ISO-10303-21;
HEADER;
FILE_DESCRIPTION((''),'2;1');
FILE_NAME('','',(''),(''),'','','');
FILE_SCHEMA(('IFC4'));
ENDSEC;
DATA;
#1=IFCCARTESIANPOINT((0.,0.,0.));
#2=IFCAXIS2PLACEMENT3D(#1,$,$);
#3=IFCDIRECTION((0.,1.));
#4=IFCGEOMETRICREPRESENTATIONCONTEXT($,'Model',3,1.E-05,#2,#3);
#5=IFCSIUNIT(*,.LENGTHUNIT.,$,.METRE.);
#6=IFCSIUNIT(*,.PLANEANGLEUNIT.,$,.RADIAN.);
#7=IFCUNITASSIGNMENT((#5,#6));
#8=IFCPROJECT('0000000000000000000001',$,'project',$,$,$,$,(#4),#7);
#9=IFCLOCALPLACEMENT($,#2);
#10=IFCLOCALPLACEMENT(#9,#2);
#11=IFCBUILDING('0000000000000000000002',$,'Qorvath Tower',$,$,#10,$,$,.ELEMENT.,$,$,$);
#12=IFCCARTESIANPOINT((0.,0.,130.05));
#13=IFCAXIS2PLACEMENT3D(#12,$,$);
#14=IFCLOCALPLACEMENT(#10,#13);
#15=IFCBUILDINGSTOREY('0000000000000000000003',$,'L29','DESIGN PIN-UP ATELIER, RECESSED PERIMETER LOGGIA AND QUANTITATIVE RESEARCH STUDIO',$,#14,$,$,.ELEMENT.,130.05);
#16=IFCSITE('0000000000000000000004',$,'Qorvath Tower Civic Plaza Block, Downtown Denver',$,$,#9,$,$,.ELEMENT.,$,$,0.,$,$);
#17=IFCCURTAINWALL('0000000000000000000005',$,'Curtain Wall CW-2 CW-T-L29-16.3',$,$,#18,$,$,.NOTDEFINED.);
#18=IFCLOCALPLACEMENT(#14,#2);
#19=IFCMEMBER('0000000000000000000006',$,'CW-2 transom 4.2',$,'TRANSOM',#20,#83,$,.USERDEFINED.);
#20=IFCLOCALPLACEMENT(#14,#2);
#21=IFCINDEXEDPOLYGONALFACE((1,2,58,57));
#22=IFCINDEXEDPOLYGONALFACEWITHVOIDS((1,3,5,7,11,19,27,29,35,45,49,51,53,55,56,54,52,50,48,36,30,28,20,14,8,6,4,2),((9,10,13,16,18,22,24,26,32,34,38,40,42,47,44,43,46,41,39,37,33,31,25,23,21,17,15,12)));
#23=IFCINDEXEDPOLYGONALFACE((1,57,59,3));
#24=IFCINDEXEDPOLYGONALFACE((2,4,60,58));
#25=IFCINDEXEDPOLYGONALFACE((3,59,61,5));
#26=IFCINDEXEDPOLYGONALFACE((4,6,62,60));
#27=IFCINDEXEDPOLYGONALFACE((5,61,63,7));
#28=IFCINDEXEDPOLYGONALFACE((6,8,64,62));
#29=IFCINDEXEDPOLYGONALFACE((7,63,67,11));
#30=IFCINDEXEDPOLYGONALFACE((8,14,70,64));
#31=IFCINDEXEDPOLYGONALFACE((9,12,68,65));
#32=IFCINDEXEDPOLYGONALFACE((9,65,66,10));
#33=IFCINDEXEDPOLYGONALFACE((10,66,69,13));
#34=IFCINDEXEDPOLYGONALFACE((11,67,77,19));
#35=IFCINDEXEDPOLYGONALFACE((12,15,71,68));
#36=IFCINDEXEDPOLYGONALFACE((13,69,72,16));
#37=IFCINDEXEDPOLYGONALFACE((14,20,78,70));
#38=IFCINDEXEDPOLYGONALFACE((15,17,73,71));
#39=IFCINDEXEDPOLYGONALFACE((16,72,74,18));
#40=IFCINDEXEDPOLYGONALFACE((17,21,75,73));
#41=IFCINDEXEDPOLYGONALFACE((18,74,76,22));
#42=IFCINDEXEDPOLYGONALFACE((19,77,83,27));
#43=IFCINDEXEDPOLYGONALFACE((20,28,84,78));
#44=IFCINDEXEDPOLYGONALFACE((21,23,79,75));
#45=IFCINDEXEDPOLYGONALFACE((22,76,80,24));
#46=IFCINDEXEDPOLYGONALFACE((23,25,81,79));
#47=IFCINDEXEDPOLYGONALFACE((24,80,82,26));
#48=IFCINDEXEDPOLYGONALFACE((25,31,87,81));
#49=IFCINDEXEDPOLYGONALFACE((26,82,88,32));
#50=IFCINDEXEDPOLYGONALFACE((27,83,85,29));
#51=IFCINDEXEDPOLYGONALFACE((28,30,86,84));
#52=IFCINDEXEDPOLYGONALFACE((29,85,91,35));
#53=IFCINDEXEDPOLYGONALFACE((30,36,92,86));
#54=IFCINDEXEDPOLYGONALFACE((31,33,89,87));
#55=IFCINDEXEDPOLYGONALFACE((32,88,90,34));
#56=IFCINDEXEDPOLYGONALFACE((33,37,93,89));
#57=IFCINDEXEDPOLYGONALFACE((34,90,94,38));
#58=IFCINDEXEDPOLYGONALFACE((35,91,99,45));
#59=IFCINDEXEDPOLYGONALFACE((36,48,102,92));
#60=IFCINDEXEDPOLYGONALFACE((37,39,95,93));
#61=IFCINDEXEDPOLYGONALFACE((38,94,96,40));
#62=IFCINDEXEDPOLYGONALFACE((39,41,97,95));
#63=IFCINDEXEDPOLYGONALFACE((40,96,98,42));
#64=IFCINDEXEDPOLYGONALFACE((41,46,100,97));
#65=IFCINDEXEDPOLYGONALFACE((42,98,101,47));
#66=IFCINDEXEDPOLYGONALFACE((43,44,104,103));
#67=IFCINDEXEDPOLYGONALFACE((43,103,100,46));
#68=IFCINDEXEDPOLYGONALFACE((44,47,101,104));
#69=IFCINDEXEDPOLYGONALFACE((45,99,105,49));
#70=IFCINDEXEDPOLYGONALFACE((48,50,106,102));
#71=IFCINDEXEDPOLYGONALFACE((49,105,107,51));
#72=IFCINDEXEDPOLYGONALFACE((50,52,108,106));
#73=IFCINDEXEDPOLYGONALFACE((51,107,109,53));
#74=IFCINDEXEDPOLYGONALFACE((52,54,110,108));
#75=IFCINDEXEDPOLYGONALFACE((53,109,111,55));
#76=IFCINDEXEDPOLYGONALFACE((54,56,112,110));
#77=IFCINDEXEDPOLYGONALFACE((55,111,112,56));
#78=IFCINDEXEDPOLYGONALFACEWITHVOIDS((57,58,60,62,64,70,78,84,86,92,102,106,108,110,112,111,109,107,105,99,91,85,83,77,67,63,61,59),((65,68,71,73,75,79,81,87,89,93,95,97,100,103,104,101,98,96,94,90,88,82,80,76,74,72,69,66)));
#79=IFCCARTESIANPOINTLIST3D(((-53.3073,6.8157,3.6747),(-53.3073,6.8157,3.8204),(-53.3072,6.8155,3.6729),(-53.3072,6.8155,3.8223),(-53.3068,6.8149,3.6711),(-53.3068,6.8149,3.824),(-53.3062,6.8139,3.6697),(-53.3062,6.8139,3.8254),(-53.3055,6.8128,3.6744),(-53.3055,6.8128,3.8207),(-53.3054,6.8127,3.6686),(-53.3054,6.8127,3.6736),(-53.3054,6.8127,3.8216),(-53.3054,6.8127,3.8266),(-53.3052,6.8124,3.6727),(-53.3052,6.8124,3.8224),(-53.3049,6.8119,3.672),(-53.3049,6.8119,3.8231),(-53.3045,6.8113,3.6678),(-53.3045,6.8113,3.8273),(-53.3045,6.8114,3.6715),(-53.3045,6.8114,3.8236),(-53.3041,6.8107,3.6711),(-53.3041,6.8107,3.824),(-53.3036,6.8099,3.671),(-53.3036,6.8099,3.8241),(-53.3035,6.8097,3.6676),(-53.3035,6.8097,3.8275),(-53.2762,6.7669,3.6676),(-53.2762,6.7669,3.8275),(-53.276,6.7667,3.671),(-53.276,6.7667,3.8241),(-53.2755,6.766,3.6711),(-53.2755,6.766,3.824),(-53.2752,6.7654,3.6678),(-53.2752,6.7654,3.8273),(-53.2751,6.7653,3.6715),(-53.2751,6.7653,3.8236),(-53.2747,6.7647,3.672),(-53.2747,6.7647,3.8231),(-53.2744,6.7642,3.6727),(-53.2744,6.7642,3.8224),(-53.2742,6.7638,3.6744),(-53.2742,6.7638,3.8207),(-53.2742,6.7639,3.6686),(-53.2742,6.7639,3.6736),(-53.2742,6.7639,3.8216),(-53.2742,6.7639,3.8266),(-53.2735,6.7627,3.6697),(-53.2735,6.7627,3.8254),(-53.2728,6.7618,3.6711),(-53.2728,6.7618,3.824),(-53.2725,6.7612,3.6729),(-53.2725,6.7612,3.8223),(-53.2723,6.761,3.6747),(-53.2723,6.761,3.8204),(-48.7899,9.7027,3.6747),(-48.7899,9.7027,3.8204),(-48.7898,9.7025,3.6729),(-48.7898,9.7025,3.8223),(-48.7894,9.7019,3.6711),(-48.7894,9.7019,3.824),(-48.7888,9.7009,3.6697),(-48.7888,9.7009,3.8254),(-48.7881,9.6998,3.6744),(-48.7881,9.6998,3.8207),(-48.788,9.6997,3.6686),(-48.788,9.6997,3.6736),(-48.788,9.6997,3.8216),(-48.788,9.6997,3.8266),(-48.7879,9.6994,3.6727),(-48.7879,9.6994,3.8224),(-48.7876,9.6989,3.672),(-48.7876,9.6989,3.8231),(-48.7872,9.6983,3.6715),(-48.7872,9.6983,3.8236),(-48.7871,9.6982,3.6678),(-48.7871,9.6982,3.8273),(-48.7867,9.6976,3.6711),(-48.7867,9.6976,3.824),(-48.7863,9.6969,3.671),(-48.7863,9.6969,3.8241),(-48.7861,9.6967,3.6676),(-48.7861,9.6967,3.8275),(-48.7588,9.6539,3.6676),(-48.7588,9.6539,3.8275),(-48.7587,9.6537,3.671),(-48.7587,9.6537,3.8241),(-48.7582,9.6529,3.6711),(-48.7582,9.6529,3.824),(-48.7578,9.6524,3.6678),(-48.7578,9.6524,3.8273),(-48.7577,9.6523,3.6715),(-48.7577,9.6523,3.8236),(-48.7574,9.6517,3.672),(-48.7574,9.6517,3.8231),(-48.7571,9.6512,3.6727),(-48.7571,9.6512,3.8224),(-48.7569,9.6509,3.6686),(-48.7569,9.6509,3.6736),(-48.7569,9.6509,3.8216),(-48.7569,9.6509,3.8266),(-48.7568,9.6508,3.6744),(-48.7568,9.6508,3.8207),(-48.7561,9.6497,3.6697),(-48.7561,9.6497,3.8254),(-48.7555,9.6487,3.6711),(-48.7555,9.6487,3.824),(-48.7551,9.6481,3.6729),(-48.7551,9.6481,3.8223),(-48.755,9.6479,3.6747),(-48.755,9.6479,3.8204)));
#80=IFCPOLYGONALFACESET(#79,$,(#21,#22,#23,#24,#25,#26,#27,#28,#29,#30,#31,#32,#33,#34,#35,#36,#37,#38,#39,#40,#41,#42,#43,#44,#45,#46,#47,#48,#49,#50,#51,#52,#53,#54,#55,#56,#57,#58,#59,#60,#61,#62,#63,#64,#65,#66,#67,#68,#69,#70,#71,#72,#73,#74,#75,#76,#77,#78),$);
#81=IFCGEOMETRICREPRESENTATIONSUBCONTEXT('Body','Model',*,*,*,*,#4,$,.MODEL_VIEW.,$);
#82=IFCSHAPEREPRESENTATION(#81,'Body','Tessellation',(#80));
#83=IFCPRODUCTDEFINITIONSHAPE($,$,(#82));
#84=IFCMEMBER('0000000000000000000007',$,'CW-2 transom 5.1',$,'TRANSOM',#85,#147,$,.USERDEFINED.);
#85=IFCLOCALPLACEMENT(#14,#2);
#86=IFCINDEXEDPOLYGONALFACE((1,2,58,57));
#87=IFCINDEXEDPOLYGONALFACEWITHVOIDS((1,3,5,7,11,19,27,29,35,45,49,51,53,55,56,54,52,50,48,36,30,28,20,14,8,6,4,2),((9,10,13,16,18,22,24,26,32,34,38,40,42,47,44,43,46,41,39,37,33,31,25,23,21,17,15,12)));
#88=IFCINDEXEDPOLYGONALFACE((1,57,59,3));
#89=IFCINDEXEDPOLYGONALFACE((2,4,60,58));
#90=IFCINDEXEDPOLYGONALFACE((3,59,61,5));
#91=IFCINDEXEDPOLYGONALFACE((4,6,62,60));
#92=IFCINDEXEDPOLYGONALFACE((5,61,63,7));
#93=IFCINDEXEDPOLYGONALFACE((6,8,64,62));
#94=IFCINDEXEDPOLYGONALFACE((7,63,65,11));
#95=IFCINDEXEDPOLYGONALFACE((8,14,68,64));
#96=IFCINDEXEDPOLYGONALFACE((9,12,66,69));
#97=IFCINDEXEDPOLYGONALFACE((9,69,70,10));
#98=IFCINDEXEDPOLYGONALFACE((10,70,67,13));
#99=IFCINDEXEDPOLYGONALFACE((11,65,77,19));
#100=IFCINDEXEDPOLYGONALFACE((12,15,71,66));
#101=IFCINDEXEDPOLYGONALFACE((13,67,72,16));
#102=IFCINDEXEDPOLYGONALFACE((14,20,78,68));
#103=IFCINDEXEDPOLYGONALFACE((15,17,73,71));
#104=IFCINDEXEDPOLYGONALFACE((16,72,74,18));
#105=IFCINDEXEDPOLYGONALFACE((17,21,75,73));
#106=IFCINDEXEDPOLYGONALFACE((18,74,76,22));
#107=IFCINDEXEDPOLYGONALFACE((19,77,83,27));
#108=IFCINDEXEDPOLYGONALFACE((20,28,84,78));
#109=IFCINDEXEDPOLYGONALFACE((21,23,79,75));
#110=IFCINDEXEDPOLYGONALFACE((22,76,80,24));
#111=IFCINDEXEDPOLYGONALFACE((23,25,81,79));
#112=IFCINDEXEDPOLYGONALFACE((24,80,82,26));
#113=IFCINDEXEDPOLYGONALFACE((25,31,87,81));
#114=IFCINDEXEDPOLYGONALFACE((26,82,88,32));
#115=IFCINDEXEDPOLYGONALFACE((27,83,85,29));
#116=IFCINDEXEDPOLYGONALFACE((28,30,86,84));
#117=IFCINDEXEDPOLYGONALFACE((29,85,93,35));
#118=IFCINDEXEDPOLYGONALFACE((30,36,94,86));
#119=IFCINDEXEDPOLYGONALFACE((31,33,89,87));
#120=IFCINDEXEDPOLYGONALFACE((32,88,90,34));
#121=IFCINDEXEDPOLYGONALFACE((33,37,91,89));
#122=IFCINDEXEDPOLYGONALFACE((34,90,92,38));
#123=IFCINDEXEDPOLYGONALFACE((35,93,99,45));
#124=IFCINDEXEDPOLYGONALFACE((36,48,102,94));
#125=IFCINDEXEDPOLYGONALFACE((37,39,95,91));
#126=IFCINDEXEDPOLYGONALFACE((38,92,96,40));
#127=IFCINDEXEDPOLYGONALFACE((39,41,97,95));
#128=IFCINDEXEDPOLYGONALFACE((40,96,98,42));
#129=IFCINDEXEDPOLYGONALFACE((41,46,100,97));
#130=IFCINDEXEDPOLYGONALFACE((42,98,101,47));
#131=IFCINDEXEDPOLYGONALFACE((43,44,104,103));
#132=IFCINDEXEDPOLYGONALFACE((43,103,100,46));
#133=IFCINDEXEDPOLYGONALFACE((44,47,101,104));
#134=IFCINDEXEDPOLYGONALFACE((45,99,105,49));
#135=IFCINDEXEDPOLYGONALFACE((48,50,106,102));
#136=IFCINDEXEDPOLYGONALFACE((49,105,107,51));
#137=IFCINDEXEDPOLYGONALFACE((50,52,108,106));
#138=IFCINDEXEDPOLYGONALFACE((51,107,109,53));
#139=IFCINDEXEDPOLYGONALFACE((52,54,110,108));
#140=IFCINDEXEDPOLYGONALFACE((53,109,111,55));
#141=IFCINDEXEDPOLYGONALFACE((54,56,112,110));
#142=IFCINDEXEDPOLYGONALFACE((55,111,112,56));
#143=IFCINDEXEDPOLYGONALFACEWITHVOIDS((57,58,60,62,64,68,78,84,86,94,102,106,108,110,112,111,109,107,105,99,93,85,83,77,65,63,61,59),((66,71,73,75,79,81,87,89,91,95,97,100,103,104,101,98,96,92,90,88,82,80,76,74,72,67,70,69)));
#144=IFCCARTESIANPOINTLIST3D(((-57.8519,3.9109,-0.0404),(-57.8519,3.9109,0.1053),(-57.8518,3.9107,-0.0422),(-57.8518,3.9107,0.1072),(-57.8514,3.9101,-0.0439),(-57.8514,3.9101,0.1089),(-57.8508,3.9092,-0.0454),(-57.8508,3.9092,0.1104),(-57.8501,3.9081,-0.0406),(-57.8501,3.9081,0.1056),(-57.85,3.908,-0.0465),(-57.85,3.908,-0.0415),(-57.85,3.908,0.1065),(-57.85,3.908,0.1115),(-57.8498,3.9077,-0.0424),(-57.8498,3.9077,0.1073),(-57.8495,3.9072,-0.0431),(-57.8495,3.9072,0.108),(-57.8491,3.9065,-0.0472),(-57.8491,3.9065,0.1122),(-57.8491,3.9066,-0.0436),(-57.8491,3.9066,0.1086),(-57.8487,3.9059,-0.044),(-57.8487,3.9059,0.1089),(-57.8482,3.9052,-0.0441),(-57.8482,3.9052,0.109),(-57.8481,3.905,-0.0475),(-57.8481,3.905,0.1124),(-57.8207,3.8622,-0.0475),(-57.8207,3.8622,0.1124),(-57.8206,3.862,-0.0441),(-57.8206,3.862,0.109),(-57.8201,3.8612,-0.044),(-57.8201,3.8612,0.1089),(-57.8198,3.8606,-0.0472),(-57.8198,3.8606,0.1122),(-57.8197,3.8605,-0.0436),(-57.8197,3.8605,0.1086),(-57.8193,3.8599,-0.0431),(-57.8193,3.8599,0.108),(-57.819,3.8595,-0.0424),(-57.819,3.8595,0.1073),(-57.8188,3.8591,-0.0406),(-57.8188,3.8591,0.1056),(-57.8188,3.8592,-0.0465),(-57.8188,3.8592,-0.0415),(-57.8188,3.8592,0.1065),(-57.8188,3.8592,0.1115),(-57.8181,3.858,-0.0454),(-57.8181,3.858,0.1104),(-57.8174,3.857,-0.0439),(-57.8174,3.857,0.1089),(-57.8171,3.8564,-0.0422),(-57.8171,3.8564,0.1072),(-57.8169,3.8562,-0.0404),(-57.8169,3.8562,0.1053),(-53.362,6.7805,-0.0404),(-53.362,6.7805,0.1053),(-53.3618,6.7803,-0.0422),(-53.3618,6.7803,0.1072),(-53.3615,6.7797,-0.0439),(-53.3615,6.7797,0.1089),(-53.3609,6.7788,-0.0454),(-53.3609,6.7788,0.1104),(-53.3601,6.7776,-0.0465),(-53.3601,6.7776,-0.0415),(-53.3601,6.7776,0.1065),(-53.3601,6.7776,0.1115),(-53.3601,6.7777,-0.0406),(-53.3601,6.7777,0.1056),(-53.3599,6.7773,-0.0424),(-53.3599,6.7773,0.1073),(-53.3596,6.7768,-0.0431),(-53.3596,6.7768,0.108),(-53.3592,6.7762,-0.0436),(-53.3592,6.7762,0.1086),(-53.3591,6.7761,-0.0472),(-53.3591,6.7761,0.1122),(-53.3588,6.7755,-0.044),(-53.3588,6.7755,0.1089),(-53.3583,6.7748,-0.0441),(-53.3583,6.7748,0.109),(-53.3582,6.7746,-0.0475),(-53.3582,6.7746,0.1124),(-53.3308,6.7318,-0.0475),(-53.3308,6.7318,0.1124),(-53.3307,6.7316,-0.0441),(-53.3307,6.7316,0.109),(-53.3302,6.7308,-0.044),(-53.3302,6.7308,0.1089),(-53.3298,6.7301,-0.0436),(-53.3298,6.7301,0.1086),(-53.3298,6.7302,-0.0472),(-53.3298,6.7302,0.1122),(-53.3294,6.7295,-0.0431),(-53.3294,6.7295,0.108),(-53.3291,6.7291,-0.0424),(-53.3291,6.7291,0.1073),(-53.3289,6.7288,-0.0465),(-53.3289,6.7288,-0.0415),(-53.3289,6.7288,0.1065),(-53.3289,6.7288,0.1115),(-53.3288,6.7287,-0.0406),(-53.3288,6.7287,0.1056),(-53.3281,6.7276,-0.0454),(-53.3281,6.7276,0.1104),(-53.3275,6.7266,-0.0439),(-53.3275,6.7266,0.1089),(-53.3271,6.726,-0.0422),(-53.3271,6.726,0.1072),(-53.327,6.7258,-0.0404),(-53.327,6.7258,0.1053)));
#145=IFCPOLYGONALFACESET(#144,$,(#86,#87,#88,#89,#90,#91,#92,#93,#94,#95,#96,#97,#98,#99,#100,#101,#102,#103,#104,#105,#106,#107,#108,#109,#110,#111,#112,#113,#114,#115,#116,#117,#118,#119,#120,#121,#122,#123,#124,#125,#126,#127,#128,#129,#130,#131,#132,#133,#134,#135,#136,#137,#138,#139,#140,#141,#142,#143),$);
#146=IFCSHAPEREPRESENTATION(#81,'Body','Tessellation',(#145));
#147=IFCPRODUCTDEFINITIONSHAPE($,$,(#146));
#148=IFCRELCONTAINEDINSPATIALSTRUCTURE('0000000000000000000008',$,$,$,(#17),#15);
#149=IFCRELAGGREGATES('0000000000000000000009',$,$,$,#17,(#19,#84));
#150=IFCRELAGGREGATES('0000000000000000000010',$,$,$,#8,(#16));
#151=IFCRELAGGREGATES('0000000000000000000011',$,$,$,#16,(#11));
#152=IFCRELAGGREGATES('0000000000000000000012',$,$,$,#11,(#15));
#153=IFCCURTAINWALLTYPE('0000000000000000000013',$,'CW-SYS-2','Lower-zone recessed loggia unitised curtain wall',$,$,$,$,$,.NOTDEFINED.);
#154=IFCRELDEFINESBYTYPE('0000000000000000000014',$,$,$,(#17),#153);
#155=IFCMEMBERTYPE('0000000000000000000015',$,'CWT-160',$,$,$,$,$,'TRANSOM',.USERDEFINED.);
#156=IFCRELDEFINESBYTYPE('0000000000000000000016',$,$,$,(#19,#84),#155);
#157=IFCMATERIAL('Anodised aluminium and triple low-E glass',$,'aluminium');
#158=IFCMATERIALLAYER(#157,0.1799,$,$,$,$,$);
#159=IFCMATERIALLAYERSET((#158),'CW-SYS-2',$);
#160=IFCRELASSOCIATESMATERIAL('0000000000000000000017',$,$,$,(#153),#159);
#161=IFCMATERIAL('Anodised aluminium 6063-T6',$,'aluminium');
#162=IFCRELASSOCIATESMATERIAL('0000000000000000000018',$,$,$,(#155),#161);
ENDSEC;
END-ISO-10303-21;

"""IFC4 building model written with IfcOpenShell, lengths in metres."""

from ifc_helpers import new_model, si_unit, direction, frame, origin, origin_2d, place, context, subcontext, project, spatial, hollow_rectangle, extrude, material, layer, layer_set, material_profile, profile_set, type_object, element, aggregate, save


model = new_model("IFC4")

# Units and contexts
model_context = context("Model", 3, precision=1e-05, world=origin(), true_north=direction((0.0, 1.0)))
body_context = subcontext(model_context, "Body", "Model", "MODEL_VIEW")
ifc_project = project(units=[si_unit("LENGTHUNIT", "METRE"), si_unit("PLANEANGLEUNIT", "RADIAN")], contexts=[model_context])

# Site, building, storey
site_placement = place(None, origin())
site = spatial("IfcSite", under=ifc_project, at=site_placement, Name="Qorvath Tower Civic Plaza Block, Downtown Denver", CompositionType="ELEMENT", RefElevation=0.0)
building_placement = place(site_placement, origin())
building = spatial("IfcBuilding", under=site, at=building_placement, Name="Qorvath Tower", CompositionType="ELEMENT")
storey_placement = place(building_placement, frame((0.0, 0.0, 130.05)))
storey = spatial("IfcBuildingStorey", under=building, at=storey_placement, Name="L29", Description="DESIGN PIN-UP ATELIER, RECESSED PERIMETER LOGGIA AND QUANTITATIVE RESEARCH STUDIO", CompositionType="ELEMENT", Elevation=130.05)

# Curtain wall, members
ifc_material_1 = material(Name="Anodised aluminium and triple low-E glass", Category="aluminium")
ifc_layer_1 = layer(ifc_material_1, 0.1799)
ifc_layer_set_1 = layer_set([ifc_layer_1], Name="CW-SYS-2")
curtain_wall_type = type_object("IfcCurtainWallType", Name="CW-SYS-2", Description="Lower-zone recessed loggia unitised curtain wall", PredefinedType="NOTDEFINED", material=ifc_layer_set_1)
curtain_wall_placement = place(storey_placement, origin())
curtain_wall = element("IfcCurtainWall", 1, at=curtain_wall_placement, inside=storey, type_object=curtain_wall_type, Name="Curtain Wall CW-2 CW-T-L29-16.3", PredefinedType="NOTDEFINED")
ifc_material_2 = material(Name="Anodised aluminium 6063-T6", Category="aluminium")
ifc_material_profile_1 = material_profile(ifc_material_2, hollow_rectangle(XDim=0.0649, YDim=0.1599, WallThickness=0.0034, InnerFilletRadius=0.0034, OuterFilletRadius=0.0071, at=origin_2d()), Name="CWT 160x65")
ifc_profile_set_1 = profile_set([ifc_material_profile_1], Name="Anodised aluminium 6063-T6")
member_type_1 = type_object("IfcMemberType", Name="CWT-160", ElementType="TRANSOM", PredefinedType="USERDEFINED", material=ifc_profile_set_1)
member_1_placement = place(storey_placement, frame((-48.7725, 9.6753, 3.7476), z_axis=(-0.842621, -0.538507, 0.0), x_axis=(0.538507, -0.842621, 0.0)))
member_1 = element("IfcMember", 2, at=member_1_placement, type_object=member_type_1, Name="CW-2 transom 4.2", ObjectType="TRANSOM", PredefinedType="USERDEFINED", context=body_context, shape_type="SweptSolid", body=[
    extrude(hollow_rectangle(XDim=0.0649, YDim=0.1599, WallThickness=0.0034, InnerFilletRadius=0.0034, OuterFilletRadius=0.0071, at=origin_2d()), origin(), (0.0, 0.0, 1.0), 5.3611),
])
member_2_placement = place(storey_placement, frame((-53.3445, 6.7532, 0.0325), z_axis=(-0.842609, -0.538526, 0.0), x_axis=(0.538526, -0.842609, 0.0)))
member_2 = element("IfcMember", 3, at=member_2_placement, type_object=member_type_1, Name="CW-2 transom 5.1", ObjectType="TRANSOM", PredefinedType="USERDEFINED", context=body_context, shape_type="SweptSolid", body=[
    extrude(hollow_rectangle(XDim=0.0649, YDim=0.1599, WallThickness=0.0034, InnerFilletRadius=0.0034, OuterFilletRadius=0.0071, at=origin_2d()), origin(), (0.0, 0.0, 1.0), 5.3286),
])
aggregate(curtain_wall, [member_1, member_2])

save(model, "model.ifc")
